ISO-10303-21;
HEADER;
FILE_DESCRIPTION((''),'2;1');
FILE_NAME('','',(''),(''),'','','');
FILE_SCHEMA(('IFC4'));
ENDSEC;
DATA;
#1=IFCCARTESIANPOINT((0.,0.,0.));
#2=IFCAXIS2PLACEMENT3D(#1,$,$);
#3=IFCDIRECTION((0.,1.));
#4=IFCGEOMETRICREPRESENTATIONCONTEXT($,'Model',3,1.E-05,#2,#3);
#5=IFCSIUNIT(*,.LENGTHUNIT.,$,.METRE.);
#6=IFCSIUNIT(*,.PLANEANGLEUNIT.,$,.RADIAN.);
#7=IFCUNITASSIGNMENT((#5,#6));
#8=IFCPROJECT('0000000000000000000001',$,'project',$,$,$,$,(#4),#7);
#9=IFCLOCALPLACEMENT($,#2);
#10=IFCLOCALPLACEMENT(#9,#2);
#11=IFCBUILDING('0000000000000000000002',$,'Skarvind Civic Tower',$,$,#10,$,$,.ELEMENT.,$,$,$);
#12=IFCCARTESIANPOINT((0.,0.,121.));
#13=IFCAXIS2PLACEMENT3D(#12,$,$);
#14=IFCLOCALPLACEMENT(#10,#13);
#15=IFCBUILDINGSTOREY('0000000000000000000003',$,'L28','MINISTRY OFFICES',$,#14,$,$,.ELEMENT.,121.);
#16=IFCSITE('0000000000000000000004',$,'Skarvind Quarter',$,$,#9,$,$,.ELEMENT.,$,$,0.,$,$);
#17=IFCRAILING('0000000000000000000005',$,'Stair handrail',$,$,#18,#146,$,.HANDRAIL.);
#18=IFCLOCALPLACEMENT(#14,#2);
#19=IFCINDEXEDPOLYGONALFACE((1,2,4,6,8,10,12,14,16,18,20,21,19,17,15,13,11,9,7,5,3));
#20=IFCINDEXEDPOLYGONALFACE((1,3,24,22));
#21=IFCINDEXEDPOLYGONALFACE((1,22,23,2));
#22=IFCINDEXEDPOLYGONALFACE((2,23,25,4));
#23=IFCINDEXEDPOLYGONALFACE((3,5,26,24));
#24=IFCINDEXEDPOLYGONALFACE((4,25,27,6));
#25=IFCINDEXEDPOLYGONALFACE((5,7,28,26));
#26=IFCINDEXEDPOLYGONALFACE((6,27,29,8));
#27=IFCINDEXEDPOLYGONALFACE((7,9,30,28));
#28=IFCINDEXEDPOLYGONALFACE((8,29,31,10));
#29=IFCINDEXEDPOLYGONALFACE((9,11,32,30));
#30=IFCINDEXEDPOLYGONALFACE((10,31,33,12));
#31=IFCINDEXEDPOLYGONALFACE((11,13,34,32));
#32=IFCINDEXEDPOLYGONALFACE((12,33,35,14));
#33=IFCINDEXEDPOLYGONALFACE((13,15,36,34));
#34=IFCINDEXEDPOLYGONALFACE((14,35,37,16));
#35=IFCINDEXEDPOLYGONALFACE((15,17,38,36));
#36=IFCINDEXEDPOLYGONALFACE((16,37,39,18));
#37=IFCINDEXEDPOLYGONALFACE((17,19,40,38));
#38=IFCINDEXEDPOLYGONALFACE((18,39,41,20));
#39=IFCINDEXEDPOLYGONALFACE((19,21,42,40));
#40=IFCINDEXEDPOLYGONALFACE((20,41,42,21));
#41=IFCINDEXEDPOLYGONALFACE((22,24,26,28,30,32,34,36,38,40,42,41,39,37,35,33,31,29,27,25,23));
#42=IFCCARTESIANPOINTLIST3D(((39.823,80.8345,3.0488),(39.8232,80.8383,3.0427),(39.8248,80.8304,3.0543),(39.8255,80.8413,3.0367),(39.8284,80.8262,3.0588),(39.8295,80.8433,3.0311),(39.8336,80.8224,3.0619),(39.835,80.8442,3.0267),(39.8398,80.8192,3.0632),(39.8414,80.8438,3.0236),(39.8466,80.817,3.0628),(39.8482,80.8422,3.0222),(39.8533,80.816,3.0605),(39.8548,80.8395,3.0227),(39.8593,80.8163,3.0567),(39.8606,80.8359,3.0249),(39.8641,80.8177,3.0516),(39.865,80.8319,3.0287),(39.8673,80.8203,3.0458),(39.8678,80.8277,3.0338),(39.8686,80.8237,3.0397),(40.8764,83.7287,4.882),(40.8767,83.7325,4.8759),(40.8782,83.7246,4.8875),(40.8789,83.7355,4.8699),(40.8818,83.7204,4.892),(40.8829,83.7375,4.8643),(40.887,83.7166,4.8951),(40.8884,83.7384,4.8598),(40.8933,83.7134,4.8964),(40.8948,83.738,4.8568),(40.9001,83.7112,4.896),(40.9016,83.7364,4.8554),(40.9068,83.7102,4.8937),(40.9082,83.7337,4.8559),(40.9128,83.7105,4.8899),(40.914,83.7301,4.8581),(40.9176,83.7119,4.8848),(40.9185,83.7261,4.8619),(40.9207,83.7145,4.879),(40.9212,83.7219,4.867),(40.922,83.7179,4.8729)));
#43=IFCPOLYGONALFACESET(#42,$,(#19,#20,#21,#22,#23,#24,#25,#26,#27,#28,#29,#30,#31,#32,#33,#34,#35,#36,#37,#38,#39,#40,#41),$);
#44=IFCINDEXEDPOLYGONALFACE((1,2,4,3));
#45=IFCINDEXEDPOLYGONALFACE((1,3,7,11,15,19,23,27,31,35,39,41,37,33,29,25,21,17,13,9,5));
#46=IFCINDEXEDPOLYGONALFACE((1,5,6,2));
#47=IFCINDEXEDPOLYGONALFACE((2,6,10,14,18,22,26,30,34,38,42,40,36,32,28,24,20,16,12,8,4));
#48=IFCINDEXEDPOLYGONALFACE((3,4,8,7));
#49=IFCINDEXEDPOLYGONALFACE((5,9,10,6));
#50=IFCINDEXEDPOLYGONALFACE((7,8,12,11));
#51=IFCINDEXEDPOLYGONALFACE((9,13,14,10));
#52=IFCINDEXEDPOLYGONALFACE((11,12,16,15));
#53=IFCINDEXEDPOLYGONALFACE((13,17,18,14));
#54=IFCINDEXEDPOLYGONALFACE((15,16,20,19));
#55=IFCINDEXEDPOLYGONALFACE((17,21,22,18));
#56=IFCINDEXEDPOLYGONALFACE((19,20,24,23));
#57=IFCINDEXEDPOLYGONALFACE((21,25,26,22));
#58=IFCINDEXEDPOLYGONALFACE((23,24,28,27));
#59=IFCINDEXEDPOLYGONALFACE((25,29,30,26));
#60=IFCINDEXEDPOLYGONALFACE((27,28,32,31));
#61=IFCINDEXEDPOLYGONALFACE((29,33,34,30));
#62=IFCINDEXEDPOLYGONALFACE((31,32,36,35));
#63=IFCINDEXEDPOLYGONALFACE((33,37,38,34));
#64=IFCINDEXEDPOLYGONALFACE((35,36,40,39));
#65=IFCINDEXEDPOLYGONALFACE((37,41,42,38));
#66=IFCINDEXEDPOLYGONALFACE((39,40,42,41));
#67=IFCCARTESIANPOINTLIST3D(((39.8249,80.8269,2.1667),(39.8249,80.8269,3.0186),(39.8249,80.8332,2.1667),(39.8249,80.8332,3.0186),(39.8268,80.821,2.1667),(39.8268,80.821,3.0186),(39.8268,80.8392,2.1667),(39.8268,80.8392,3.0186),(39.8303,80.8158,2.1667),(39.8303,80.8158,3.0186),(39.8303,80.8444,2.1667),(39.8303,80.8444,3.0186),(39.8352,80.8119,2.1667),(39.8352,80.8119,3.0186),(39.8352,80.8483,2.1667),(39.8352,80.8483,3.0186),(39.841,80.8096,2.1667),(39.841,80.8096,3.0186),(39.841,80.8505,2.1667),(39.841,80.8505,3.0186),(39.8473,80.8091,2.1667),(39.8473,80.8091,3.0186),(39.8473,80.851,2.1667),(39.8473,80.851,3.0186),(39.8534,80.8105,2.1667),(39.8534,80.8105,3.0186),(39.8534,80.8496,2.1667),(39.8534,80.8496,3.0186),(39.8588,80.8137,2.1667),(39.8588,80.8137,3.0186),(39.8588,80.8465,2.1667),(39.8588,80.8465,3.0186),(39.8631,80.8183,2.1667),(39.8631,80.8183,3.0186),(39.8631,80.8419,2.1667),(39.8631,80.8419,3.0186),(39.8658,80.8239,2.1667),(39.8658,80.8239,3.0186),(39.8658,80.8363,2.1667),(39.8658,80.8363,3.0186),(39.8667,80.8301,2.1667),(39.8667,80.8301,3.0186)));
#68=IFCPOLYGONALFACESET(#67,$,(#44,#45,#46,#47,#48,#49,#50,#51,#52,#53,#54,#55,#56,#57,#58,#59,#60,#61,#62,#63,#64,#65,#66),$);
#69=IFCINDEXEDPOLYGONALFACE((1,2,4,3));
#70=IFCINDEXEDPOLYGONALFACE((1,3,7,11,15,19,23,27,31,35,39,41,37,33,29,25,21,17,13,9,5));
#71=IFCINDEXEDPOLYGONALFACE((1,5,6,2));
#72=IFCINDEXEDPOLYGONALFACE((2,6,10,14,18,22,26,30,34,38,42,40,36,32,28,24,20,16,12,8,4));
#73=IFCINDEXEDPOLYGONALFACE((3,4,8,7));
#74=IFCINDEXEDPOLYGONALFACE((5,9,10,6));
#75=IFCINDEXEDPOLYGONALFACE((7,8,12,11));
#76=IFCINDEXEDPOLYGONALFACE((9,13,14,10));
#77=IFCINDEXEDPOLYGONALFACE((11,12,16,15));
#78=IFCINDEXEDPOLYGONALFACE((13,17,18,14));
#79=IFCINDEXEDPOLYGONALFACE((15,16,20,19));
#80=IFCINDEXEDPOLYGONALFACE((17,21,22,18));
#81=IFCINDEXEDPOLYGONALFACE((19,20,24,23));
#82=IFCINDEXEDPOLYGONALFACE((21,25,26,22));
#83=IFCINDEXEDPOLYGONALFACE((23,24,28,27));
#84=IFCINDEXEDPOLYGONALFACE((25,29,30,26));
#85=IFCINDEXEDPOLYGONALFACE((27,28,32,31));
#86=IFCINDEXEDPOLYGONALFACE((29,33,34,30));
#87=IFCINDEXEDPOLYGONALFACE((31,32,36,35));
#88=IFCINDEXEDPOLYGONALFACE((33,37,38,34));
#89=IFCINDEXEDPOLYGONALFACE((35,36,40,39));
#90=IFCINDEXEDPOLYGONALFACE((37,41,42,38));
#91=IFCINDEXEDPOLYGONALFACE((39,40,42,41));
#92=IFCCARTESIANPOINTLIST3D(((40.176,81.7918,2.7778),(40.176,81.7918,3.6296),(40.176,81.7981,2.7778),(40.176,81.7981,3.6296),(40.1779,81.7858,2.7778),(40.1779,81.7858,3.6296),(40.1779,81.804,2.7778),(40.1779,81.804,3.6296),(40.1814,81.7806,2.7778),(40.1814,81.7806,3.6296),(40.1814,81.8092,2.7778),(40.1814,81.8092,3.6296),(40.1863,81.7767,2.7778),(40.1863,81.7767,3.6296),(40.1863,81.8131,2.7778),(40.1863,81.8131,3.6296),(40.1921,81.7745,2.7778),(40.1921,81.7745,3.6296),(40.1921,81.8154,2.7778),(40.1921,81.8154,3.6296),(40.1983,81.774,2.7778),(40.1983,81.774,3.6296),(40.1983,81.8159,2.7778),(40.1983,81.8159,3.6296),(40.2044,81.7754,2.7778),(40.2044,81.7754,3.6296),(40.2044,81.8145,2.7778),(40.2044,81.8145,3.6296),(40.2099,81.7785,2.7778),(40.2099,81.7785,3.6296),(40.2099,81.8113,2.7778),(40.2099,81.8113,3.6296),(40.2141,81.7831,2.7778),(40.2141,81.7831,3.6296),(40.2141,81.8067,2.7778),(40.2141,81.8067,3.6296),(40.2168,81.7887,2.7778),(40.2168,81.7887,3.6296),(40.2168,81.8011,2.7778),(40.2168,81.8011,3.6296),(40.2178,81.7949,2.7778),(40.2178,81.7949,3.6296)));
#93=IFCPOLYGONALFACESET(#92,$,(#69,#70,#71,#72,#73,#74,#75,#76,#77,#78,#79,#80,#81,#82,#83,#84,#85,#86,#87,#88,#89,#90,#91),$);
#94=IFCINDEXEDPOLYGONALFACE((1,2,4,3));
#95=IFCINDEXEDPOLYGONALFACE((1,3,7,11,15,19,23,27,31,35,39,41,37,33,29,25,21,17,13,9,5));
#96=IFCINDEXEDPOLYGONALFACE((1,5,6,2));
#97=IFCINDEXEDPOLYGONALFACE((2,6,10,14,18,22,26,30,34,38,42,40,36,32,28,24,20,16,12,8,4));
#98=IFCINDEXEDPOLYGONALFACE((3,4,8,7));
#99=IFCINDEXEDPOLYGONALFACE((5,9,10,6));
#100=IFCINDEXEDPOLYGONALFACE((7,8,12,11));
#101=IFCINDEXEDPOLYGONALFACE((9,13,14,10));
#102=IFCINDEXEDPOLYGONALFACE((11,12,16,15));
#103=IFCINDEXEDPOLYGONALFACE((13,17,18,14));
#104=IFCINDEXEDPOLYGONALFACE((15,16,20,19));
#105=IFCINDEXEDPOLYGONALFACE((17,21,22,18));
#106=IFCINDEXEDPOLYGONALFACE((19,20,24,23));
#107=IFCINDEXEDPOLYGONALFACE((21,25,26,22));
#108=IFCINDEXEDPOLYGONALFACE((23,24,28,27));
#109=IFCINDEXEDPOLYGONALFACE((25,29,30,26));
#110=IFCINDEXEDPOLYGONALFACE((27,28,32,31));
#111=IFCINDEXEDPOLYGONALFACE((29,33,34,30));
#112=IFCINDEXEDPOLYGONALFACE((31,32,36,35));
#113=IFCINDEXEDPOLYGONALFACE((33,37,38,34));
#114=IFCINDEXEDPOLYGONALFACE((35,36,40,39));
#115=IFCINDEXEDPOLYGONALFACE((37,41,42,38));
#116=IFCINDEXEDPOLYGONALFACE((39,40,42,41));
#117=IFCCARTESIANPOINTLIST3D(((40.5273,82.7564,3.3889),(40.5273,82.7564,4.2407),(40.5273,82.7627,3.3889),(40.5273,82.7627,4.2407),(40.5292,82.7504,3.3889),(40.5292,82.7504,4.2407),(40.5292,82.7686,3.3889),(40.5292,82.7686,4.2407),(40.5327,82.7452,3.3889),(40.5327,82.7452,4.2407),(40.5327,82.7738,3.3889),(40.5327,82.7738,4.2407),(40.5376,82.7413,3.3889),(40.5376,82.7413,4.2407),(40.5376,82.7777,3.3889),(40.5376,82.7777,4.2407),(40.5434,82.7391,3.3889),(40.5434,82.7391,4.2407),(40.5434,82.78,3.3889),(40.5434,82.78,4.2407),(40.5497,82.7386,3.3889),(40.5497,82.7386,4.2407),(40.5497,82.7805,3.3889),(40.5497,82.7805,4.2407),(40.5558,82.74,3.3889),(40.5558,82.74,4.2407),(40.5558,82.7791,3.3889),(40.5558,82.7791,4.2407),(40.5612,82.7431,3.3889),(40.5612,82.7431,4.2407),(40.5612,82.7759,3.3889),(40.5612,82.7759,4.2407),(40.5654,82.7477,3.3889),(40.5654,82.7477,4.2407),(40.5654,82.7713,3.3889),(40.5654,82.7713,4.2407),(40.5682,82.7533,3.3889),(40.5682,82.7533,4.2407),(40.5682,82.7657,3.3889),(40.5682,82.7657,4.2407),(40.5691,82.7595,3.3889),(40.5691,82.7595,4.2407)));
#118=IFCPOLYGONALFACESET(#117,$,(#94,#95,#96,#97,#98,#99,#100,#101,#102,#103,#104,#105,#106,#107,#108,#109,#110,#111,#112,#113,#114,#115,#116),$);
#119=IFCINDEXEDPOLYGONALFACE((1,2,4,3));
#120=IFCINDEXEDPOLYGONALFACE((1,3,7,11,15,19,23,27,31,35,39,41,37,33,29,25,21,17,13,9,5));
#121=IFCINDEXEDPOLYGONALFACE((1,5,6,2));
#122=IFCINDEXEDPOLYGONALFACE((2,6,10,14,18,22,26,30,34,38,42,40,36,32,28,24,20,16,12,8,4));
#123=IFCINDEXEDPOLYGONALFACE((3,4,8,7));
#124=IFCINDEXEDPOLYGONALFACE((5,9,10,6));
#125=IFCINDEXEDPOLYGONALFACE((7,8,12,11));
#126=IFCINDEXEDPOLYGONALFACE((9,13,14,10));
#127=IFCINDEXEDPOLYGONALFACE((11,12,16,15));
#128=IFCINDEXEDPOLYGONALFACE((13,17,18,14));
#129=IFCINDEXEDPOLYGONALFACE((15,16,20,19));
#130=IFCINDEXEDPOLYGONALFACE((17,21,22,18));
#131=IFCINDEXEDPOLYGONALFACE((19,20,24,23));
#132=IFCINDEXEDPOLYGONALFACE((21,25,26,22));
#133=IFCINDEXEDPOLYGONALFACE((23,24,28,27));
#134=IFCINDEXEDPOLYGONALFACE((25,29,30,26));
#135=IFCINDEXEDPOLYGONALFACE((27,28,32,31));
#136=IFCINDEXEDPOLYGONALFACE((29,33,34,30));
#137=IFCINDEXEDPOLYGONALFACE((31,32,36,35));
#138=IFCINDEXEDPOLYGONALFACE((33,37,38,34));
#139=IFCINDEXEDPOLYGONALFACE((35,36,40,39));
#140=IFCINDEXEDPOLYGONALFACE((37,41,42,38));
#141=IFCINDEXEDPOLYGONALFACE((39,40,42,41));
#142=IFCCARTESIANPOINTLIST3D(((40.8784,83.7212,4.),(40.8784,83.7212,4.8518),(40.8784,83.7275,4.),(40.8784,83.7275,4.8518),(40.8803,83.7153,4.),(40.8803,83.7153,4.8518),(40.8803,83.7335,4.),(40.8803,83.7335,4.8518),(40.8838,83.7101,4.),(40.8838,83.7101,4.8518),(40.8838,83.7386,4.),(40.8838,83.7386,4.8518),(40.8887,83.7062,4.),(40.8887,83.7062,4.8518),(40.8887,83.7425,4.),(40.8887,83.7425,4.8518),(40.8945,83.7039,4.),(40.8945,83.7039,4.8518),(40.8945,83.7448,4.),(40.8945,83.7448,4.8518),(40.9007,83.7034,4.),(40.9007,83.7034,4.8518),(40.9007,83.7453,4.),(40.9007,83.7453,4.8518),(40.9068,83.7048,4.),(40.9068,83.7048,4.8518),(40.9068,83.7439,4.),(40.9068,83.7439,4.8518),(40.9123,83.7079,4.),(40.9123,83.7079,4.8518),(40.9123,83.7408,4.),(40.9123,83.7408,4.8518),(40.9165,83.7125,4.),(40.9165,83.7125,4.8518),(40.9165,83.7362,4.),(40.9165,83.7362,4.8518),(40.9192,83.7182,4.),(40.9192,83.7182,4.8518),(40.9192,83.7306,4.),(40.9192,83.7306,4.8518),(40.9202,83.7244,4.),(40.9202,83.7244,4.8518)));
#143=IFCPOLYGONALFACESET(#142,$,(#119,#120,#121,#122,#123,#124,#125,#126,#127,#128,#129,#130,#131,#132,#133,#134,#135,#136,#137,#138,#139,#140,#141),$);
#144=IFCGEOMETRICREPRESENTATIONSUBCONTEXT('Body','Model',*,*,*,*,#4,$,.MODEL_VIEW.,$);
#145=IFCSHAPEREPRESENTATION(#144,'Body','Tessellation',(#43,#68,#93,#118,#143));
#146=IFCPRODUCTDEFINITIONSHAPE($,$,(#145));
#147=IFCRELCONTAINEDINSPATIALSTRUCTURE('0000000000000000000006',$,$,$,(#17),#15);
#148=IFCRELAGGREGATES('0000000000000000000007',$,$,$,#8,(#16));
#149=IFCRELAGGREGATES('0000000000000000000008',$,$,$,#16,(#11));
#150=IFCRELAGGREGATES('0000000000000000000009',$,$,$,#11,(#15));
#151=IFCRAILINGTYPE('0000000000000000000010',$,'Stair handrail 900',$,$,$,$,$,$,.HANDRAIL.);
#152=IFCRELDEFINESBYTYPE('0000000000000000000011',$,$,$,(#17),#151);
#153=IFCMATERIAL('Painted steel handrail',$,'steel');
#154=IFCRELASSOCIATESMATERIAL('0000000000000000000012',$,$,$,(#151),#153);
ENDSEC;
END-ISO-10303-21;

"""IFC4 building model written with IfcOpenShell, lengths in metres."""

from ifc_helpers import new_model, si_unit, direction, frame, origin, origin_2d, place, context, subcontext, project, spatial, circle, extrude, material, type_object, element, save


model = new_model("IFC4")

# Units and contexts
model_context = context("Model", 3, precision=1e-05, world=origin(), true_north=direction((0.0, 1.0)))
body_context = subcontext(model_context, "Body", "Model", "MODEL_VIEW")
ifc_project = project(units=[si_unit("LENGTHUNIT", "METRE"), si_unit("PLANEANGLEUNIT", "RADIAN")], contexts=[model_context])

# Site, building, storey
site_placement = place(None, origin())
site = spatial("IfcSite", under=ifc_project, at=site_placement, Name="Skarvind Quarter", CompositionType="ELEMENT", RefElevation=0.0)
building_placement = place(site_placement, origin())
building = spatial("IfcBuilding", under=site, at=building_placement, Name="Skarvind Civic Tower", CompositionType="ELEMENT")
storey_placement = place(building_placement, frame((0.0, 0.0, 121.0)))
storey = spatial("IfcBuildingStorey", under=building, at=storey_placement, Name="L28", Description="MINISTRY OFFICES", CompositionType="ELEMENT", Elevation=121.0)

# Railing
ifc_material_1 = material(Name="Painted steel handrail", Category="steel")
railing_type = type_object("IfcRailingType", Name="Stair handrail 900", PredefinedType="HANDRAIL", material=ifc_material_1)
railing_placement = place(storey_placement, frame((39.8457, 80.8301, 2.1667)))
element("IfcRailing", 1, at=railing_placement, inside=storey, type_object=railing_type, Name="Stair handrail", PredefinedType="HANDRAIL", context=body_context, shape_type="SweptSolid", body=[
    extrude(circle(Radius=0.0239, at=origin_2d()), frame((0.0, 0.0, 0.876), z_axis=(0.293908, 0.807481, 0.511461), x_axis=(-0.939689, 0.342029, 0.0)), (0.0, 0.0, 1.0), 3.5842),
    extrude(circle(Radius=0.021, at=origin_2d()), origin(), (0.0, 0.0, 1.0), 0.8518),
    extrude(circle(Radius=0.021, at=origin_2d()), frame((0.3511, 0.9648, 0.6111)), (0.0, 0.0, 1.0), 0.8518),
    extrude(circle(Radius=0.021, at=origin_2d()), frame((0.7024, 1.9294, 1.2222)), (0.0, 0.0, 1.0), 0.8518),
    extrude(circle(Radius=0.021, at=origin_2d()), frame((1.0535, 2.8943, 1.8333)), (0.0, 0.0, 1.0), 0.8518),
])

save(model, "model.ifc")
